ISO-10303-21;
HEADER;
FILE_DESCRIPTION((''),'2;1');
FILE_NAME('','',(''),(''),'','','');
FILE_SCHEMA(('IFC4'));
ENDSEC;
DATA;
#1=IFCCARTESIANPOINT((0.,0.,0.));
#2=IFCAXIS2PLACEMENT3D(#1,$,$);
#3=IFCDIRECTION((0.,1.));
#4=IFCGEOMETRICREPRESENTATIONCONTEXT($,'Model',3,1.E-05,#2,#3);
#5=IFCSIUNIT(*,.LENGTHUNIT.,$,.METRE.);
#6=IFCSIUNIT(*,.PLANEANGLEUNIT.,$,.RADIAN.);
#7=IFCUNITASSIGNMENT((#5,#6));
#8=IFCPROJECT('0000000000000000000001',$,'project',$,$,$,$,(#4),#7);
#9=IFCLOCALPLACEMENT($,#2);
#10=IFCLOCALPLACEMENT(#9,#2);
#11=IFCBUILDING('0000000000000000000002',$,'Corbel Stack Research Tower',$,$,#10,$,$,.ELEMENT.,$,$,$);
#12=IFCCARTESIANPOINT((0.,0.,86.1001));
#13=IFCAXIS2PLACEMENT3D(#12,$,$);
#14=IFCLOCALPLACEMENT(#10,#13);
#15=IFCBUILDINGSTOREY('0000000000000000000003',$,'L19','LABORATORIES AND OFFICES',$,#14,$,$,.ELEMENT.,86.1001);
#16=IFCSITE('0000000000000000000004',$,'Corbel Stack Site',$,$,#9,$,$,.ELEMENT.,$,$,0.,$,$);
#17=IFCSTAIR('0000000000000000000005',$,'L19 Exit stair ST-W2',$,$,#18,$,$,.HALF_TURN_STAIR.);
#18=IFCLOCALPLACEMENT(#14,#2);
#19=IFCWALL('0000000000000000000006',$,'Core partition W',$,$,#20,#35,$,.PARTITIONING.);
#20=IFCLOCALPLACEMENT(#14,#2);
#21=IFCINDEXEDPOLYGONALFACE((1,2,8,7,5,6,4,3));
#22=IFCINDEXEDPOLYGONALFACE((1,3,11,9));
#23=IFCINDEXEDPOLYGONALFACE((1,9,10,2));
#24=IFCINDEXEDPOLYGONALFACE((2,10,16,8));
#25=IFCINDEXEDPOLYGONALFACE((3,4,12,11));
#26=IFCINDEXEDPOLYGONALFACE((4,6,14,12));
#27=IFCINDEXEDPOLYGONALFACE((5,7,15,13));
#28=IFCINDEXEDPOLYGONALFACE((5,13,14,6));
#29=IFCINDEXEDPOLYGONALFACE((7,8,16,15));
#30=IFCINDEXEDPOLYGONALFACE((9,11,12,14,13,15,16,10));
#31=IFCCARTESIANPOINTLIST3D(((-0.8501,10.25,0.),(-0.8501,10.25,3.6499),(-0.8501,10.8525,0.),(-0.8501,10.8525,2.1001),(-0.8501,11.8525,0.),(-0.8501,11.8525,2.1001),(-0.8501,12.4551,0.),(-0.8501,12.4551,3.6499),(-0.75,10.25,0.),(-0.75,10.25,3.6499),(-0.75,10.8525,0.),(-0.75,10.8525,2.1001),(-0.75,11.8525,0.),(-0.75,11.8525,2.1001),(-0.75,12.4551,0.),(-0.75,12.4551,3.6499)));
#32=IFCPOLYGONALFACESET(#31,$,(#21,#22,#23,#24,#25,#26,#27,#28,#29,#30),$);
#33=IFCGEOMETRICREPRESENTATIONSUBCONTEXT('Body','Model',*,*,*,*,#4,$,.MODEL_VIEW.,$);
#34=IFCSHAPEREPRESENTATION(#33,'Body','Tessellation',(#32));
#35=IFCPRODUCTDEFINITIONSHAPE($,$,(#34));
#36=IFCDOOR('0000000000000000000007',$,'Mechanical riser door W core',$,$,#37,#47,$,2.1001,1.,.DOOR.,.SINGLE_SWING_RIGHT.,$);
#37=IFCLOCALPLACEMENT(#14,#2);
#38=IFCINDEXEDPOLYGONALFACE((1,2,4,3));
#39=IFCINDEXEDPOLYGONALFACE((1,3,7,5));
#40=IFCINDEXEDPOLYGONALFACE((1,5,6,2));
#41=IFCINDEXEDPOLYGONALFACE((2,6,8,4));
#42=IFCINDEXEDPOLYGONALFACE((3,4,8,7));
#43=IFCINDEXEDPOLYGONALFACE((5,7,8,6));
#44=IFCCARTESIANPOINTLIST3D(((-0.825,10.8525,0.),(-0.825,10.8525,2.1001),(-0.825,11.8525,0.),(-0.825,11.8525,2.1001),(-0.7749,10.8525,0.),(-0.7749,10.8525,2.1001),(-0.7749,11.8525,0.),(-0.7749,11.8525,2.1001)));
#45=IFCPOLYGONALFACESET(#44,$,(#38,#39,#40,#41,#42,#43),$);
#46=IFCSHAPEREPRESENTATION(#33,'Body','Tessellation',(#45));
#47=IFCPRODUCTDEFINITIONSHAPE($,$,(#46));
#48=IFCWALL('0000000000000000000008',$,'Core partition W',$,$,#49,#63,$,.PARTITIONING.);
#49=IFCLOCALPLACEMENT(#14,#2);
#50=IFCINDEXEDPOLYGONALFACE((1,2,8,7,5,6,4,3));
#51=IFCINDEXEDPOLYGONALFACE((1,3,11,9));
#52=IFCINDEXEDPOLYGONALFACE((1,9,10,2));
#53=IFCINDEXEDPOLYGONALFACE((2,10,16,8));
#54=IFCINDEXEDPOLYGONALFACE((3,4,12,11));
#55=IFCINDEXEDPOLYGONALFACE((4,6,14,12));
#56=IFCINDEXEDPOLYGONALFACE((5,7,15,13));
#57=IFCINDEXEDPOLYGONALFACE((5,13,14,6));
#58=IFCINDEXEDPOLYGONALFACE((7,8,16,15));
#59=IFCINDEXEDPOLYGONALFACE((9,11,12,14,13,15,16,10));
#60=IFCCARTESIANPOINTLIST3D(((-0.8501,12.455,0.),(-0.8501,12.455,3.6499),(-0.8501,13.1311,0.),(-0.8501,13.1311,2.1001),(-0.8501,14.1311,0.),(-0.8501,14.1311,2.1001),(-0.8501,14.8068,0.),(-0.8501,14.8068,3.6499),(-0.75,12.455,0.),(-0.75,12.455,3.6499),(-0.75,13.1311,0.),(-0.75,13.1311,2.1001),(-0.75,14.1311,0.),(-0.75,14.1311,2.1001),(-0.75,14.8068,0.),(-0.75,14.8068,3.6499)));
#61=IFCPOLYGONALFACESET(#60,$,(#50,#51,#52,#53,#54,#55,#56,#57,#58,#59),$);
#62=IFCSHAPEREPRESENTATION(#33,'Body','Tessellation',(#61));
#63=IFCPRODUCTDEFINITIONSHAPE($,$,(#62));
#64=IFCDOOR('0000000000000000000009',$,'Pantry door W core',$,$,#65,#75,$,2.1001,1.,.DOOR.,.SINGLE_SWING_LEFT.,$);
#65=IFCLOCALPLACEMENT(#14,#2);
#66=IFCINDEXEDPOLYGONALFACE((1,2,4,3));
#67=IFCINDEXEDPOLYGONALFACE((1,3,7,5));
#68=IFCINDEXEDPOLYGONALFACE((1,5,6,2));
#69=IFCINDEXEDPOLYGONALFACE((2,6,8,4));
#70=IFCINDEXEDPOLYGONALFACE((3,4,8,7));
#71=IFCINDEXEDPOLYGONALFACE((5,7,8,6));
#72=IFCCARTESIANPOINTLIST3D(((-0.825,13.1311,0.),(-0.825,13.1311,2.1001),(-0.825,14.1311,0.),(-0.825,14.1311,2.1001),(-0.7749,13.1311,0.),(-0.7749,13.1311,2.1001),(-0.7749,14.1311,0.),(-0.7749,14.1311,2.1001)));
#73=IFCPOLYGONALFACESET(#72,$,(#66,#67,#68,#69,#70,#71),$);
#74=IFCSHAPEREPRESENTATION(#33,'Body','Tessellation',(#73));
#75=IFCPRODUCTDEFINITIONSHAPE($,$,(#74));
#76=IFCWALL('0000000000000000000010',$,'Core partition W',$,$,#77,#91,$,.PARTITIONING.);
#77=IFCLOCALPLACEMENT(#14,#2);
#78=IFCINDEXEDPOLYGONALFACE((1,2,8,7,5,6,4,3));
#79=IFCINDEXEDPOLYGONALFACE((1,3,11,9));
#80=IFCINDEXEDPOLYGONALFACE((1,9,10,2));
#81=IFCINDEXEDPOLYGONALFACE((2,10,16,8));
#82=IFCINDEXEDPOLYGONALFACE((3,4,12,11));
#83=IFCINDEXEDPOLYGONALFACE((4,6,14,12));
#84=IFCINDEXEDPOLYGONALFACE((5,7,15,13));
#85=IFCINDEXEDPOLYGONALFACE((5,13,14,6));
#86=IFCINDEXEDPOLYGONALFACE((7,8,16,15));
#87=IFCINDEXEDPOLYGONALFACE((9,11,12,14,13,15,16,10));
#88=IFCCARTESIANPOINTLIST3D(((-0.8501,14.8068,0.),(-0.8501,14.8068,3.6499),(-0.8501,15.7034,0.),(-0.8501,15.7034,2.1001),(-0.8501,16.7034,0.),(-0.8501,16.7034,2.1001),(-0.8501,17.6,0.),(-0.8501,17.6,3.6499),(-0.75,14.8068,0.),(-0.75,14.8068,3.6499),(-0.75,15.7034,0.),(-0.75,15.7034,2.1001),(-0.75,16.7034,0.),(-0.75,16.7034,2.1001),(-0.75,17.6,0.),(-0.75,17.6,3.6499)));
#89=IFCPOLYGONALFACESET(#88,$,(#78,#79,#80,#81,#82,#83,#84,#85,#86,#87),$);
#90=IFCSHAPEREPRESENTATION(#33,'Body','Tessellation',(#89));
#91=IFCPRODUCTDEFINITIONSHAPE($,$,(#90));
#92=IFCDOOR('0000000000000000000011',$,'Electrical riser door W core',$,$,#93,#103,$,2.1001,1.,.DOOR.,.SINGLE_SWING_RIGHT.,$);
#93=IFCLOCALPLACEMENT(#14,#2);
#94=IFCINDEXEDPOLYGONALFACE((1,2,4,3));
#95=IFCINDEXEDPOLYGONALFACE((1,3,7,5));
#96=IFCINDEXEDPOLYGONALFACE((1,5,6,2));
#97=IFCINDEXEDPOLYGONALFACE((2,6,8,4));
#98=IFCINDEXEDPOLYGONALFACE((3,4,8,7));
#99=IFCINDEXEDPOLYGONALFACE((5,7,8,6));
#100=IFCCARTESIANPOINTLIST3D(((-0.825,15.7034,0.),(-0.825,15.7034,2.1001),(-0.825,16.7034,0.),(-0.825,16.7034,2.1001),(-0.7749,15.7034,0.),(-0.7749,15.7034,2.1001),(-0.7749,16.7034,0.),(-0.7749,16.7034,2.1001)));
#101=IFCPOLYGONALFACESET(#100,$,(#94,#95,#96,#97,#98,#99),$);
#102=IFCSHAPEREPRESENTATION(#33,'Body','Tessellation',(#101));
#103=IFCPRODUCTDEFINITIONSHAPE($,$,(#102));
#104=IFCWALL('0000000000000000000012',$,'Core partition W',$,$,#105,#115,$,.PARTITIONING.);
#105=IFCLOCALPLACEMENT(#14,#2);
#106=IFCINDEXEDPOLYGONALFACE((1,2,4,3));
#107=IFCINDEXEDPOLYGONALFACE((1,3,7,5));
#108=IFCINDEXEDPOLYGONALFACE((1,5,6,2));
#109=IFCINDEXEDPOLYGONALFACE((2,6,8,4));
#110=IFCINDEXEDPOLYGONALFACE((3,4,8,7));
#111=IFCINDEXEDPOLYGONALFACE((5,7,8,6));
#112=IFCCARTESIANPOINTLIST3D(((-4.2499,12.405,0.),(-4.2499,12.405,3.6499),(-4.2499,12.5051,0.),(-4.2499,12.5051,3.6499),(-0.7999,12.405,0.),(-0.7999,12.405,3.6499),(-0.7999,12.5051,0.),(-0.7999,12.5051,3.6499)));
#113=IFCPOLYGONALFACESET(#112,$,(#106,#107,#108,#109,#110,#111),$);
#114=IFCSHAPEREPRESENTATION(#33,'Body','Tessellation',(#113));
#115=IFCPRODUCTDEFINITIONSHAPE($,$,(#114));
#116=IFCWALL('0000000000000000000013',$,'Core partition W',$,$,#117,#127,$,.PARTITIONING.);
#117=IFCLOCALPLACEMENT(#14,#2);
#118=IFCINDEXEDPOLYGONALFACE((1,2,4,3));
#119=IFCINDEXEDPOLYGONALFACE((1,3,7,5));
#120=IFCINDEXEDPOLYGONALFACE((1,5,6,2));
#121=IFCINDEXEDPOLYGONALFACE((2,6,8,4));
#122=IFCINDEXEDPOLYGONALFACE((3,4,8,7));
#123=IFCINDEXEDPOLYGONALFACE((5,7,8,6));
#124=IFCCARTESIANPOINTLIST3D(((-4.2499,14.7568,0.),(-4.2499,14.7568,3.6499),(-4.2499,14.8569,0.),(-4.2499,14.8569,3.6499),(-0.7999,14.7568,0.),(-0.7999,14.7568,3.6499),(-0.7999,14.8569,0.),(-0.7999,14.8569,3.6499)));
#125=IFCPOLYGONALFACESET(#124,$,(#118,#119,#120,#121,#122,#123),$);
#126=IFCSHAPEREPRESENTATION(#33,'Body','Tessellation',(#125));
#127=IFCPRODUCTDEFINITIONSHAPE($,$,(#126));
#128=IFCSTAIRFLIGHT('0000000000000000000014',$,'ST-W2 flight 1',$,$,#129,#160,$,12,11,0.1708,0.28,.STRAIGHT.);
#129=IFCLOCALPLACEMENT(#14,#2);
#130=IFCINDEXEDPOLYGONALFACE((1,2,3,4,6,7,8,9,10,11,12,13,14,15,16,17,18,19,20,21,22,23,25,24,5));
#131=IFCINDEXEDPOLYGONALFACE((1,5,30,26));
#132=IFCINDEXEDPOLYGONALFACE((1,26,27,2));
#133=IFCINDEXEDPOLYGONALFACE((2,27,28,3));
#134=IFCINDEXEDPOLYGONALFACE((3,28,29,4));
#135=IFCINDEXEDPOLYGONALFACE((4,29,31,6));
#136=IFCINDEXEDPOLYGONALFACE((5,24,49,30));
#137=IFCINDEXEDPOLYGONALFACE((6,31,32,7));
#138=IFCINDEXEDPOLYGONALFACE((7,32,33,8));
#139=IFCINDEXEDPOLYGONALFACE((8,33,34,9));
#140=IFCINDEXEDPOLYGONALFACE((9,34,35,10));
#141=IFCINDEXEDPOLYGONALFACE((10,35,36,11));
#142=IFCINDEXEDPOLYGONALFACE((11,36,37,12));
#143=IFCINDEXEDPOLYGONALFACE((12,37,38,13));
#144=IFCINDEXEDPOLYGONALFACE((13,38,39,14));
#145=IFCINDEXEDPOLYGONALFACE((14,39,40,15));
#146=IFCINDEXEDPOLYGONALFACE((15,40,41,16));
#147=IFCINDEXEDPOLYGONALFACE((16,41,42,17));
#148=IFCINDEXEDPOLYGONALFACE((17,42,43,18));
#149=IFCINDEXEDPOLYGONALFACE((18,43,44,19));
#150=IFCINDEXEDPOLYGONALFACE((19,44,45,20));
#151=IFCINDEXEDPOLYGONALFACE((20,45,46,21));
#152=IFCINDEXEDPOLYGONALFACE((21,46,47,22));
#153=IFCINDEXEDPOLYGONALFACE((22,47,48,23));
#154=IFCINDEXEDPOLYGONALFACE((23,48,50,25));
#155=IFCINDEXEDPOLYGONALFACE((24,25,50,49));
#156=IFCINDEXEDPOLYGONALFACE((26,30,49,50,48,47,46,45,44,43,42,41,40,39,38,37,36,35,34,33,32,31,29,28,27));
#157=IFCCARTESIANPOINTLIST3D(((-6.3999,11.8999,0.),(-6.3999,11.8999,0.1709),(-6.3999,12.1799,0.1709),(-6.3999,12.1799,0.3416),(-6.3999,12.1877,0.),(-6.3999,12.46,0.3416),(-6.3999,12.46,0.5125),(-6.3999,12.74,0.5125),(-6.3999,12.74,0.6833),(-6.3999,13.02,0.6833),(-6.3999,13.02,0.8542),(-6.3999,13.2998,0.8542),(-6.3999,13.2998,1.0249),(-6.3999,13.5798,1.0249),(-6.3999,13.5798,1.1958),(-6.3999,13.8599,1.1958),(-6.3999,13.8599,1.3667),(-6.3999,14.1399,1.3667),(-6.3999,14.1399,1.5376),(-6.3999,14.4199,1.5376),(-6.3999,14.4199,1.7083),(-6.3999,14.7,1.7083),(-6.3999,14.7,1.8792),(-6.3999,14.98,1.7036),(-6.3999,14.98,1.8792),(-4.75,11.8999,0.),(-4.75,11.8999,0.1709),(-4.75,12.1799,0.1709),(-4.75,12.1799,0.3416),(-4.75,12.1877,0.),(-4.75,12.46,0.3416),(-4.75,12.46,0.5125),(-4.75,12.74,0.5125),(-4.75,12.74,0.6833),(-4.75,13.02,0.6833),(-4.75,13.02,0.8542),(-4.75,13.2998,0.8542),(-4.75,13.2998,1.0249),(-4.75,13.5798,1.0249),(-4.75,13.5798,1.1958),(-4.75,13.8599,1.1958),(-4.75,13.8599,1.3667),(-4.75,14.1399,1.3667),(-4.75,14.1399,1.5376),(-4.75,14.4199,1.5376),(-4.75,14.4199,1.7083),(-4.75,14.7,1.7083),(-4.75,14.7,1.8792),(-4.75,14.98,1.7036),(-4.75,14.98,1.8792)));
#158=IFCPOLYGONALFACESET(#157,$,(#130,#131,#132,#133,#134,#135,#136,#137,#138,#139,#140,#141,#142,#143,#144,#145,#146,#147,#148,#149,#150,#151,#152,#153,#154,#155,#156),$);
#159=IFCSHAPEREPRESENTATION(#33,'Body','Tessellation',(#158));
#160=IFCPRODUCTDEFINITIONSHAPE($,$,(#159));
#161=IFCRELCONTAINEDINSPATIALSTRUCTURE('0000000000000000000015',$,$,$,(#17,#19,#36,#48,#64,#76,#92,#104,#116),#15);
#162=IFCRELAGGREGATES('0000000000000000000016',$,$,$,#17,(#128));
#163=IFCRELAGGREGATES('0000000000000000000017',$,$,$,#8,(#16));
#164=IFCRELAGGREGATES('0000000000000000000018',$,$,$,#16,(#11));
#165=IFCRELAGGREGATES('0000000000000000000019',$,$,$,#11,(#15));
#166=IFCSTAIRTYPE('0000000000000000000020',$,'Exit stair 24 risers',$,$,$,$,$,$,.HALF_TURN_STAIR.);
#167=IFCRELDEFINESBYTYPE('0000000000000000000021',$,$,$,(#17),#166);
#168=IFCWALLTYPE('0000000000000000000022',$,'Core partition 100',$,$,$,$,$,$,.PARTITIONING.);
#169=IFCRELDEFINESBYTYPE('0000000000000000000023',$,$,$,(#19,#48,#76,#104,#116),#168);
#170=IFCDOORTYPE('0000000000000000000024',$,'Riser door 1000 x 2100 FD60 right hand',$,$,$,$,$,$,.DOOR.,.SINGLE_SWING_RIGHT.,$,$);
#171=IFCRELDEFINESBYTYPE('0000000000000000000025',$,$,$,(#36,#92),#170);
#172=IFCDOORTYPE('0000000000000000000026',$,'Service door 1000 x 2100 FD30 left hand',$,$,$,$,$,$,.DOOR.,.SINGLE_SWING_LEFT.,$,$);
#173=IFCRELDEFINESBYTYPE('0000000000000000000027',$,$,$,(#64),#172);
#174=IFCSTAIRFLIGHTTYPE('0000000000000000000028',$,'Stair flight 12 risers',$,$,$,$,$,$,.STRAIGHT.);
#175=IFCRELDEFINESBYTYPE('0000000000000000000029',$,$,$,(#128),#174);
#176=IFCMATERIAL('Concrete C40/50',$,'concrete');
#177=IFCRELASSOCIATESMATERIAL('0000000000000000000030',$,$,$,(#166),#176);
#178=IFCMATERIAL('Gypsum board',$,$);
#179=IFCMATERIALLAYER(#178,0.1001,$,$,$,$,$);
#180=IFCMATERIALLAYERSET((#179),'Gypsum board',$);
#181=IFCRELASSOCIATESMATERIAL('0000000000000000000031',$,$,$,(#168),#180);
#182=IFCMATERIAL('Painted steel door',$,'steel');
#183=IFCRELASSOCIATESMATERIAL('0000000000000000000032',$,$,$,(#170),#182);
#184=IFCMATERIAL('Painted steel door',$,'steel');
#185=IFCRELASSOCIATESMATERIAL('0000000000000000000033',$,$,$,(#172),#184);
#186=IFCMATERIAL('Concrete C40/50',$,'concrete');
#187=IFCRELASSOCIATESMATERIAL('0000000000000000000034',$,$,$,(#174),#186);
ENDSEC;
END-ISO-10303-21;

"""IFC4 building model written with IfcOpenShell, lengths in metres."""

from ifc_helpers import new_model, si_unit, direction, frame, frame_2d, origin, place, context, subcontext, project, spatial, polyline, rectangle, outline, extrude, material, layer, layer_set, type_object, element, fill, aggregate, save


model = new_model("IFC4")

# Units and contexts
model_context = context("Model", 3, precision=1e-05, world=origin(), true_north=direction((0.0, 1.0)))
body_context = subcontext(model_context, "Body", "Model", "MODEL_VIEW")
ifc_project = project(units=[si_unit("LENGTHUNIT", "METRE"), si_unit("PLANEANGLEUNIT", "RADIAN")], contexts=[model_context])

# Site, building, storey
site_placement = place(None, origin())
site = spatial("IfcSite", under=ifc_project, at=site_placement, Name="Corbel Stack Site", CompositionType="ELEMENT", RefElevation=0.0)
building_placement = place(site_placement, origin())
building = spatial("IfcBuilding", under=site, at=building_placement, Name="Corbel Stack Research Tower", CompositionType="ELEMENT")
storey_placement = place(building_placement, frame((0.0, 0.0, 86.1001)))
storey = spatial("IfcBuildingStorey", under=building, at=storey_placement, Name="L19", Description="LABORATORIES AND OFFICES", CompositionType="ELEMENT", Elevation=86.1001)

# Stair
ifc_material_1 = material(Name="Concrete C40/50", Category="concrete")
stair_type = type_object("IfcStairType", Name="Exit stair 24 risers", PredefinedType="HALF_TURN_STAIR", material=ifc_material_1)
stair_1_placement = place(storey_placement, origin())
stair_1 = element("IfcStair", 1, at=stair_1_placement, inside=storey, type_object=stair_type, Name="L19 Exit stair ST-W2", PredefinedType="HALF_TURN_STAIR")

# Walls, openings, doors
ifc_material_2 = material(Name="Gypsum board")
ifc_layer_1 = layer(ifc_material_2, 0.1001)
ifc_layer_set_1 = layer_set([ifc_layer_1], Name="Gypsum board")
wall_type_1 = type_object("IfcWallType", Name="Core partition 100", PredefinedType="PARTITIONING", material=ifc_layer_set_1)
wall_1_placement = place(storey_placement, frame((-0.8, 10.25, 0.0), z_axis=(0.0, 0.0, 1.0), x_axis=(0.0, 1.0, 0.0)))
wall_1 = element("IfcWall", 2, at=wall_1_placement, inside=storey, type_object=wall_type_1, Name="Core partition W", PredefinedType="PARTITIONING", context=body_context, shape_type="SweptSolid", body=[
    extrude(rectangle(XDim=2.2051, YDim=0.1001, at=frame_2d((1.1025, 0.0))), origin(), (0.0, 0.0, 1.0), 3.6499),
])
opening_1_placement = place(wall_1_placement, frame((0.6025, 0.0, 0.0)))
opening_1 = element("IfcOpeningElement", 3, at=opening_1_placement, cuts=wall_1, PredefinedType="OPENING", context=body_context, shape_type="SweptSolid", body=[
    extrude(rectangle(XDim=1.0, YDim=2.1001, at=frame_2d((0.5, 1.05))), frame((0.0, 0.0601, 0.0), z_axis=(0.0, -1.0, 0.0), x_axis=(1.0, 0.0, 0.0)), (0.0, 0.0, 1.0), 0.1201),
])
ifc_material_3 = material(Name="Painted steel door", Category="steel")
door_type_1 = type_object("IfcDoorType", Name="Riser door 1000 x 2100 FD60 right hand", OperationType="SINGLE_SWING_RIGHT", PredefinedType="DOOR", material=ifc_material_3)
door_1_placement = place(opening_1_placement, origin())
door_1 = element("IfcDoor", 4, at=door_1_placement, inside=storey, type_object=door_type_1, Name="Mechanical riser door W core", OperationType="SINGLE_SWING_RIGHT", OverallHeight=2.1001, OverallWidth=1.0, PredefinedType="DOOR", context=body_context, shape_type="SweptSolid", body=[
    extrude(rectangle(XDim=1.0, YDim=2.1001, at=frame_2d((0.5, 1.05))), frame((0.0, 0.0249, 0.0), z_axis=(0.0, -1.0, 0.0), x_axis=(1.0, 0.0, 0.0)), (0.0, 0.0, 1.0), 0.05),
])
fill(opening_1, door_1)
wall_2_placement = place(storey_placement, frame((-0.8, 12.4551, 0.0), z_axis=(0.0, 0.0, 1.0), x_axis=(0.0, 1.0, 0.0)))
wall_2 = element("IfcWall", 5, at=wall_2_placement, inside=storey, type_object=wall_type_1, Name="Core partition W", PredefinedType="PARTITIONING", context=body_context, shape_type="SweptSolid", body=[
    extrude(rectangle(XDim=2.3518, YDim=0.1001, at=frame_2d((1.1758, 0.0))), origin(), (0.0, 0.0, 1.0), 3.6499),
])
opening_2_placement = place(wall_2_placement, frame((0.676, 0.0, 0.0)))
opening_2 = element("IfcOpeningElement", 6, at=opening_2_placement, cuts=wall_2, PredefinedType="OPENING", context=body_context, shape_type="SweptSolid", body=[
    extrude(rectangle(XDim=1.0, YDim=2.1001, at=frame_2d((0.5, 1.05))), frame((0.0, 0.0601, 0.0), z_axis=(0.0, -1.0, 0.0), x_axis=(1.0, 0.0, 0.0)), (0.0, 0.0, 1.0), 0.1201),
])
ifc_material_4 = material(Name="Painted steel door", Category="steel")
door_type_2 = type_object("IfcDoorType", Name="Service door 1000 x 2100 FD30 left hand", OperationType="SINGLE_SWING_LEFT", PredefinedType="DOOR", material=ifc_material_4)
door_2_placement = place(opening_2_placement, origin())
door_2 = element("IfcDoor", 7, at=door_2_placement, inside=storey, type_object=door_type_2, Name="Pantry door W core", OperationType="SINGLE_SWING_LEFT", OverallHeight=2.1001, OverallWidth=1.0, PredefinedType="DOOR", context=body_context, shape_type="SweptSolid", body=[
    extrude(rectangle(XDim=1.0, YDim=2.1001, at=frame_2d((0.5, 1.05))), frame((0.0, 0.0249, 0.0), z_axis=(0.0, -1.0, 0.0), x_axis=(1.0, 0.0, 0.0)), (0.0, 0.0, 1.0), 0.05),
])
fill(opening_2, door_2)
wall_3_placement = place(storey_placement, frame((-0.8, 14.8069, 0.0), z_axis=(0.0, 0.0, 1.0), x_axis=(0.0, 1.0, 0.0)))
wall_3 = element("IfcWall", 8, at=wall_3_placement, inside=storey, type_object=wall_type_1, Name="Core partition W", PredefinedType="PARTITIONING", context=body_context, shape_type="SweptSolid", body=[
    extrude(rectangle(XDim=2.7932, YDim=0.1001, at=frame_2d((1.3965, 0.0))), origin(), (0.0, 0.0, 1.0), 3.6499),
])
opening_3_placement = place(wall_3_placement, frame((0.8965, 0.0, 0.0)))
opening_3 = element("IfcOpeningElement", 9, at=opening_3_placement, cuts=wall_3, PredefinedType="OPENING", context=body_context, shape_type="SweptSolid", body=[
    extrude(rectangle(XDim=1.0, YDim=2.1001, at=frame_2d((0.5, 1.05))), frame((0.0, 0.0601, 0.0), z_axis=(0.0, -1.0, 0.0), x_axis=(1.0, 0.0, 0.0)), (0.0, 0.0, 1.0), 0.1201),
])
door_3_placement = place(opening_3_placement, origin())
door_3 = element("IfcDoor", 10, at=door_3_placement, inside=storey, type_object=door_type_1, Name="Electrical riser door W core", OperationType="SINGLE_SWING_RIGHT", OverallHeight=2.1001, OverallWidth=1.0, PredefinedType="DOOR", context=body_context, shape_type="SweptSolid", body=[
    extrude(rectangle(XDim=1.0, YDim=2.1001, at=frame_2d((0.5, 1.05))), frame((0.0, 0.0249, 0.0), z_axis=(0.0, -1.0, 0.0), x_axis=(1.0, 0.0, 0.0)), (0.0, 0.0, 1.0), 0.05),
])
fill(opening_3, door_3)

# Walls
for number, where, z_axis, x_axis, name in (
    (11, (-4.25, 12.4551, 0.0), (0.0, 0.0, 1.0), (1.0, 0.0, 0.0), "Core partition W"),
    (12, (-4.25, 14.8069, 0.0), (0.0, 0.0, 1.0), (1.0, 0.0, 0.0), "Core partition W"),
):
    element("IfcWall", number, at=place(storey_placement, frame(where, z_axis=z_axis, x_axis=x_axis)), inside=storey, type_object=wall_type_1, Name=name, PredefinedType="PARTITIONING", context=body_context, shape_type="SweptSolid", body=[
        extrude(rectangle(XDim=3.45, YDim=0.1001, at=frame_2d((1.7251, 0.0))), origin(), (0.0, 0.0, 1.0), 3.6499),
    ])

# Stair flight
ifc_material_5 = material(Name="Concrete C40/50", Category="concrete")
stair_flight_type = type_object("IfcStairFlightType", Name="Stair flight 12 risers", PredefinedType="STRAIGHT", material=ifc_material_5)
stair_flight_placement = place(storey_placement, frame((-5.575, 11.8999, 0.0), z_axis=(0.0, 0.0, 1.0), x_axis=(0.0, 1.0, 0.0)))
stair_flight = element("IfcStairFlight", 13, at=stair_flight_placement, type_object=stair_flight_type, Name="ST-W2 flight 1", NumberOfRisers=12, NumberOfTreads=11, PredefinedType="STRAIGHT", RiserHeight=0.1708, TreadLength=0.28, context=body_context, shape_type="SweptSolid", body=[
    extrude(outline(polyline([(0.0, 0.0), (0.0, 0.1709), (0.28, 0.1709), (0.28, 0.3416), (0.5601, 0.3416), (0.5601, 0.5125), (0.8401, 0.5125), (0.8401, 0.6833), (1.1201, 0.6833), (1.1201, 0.8542), (1.3999, 0.8542), (1.3999, 1.0249), (1.6799, 1.0249), (1.6799, 1.1958), (1.96, 1.1958), (1.96, 1.3667), (2.24, 1.3667), (2.24, 1.5376), (2.52, 1.5376), (2.52, 1.7083), (2.8, 1.7083), (2.8, 1.8792), (3.0801, 1.8792), (3.0801, 2.05), (3.0801, 1.7036), (0.2878, 0.0), (0.0, 0.0)])), frame((0.0, 0.825, 0.0), z_axis=(0.0, -1.0, 0.0), x_axis=(1.0, 0.0, 0.0)), (0.0, 0.0, 1.0), 1.6499),
])
aggregate(stair_1, [stair_flight])

save(model, "model.ifc")
